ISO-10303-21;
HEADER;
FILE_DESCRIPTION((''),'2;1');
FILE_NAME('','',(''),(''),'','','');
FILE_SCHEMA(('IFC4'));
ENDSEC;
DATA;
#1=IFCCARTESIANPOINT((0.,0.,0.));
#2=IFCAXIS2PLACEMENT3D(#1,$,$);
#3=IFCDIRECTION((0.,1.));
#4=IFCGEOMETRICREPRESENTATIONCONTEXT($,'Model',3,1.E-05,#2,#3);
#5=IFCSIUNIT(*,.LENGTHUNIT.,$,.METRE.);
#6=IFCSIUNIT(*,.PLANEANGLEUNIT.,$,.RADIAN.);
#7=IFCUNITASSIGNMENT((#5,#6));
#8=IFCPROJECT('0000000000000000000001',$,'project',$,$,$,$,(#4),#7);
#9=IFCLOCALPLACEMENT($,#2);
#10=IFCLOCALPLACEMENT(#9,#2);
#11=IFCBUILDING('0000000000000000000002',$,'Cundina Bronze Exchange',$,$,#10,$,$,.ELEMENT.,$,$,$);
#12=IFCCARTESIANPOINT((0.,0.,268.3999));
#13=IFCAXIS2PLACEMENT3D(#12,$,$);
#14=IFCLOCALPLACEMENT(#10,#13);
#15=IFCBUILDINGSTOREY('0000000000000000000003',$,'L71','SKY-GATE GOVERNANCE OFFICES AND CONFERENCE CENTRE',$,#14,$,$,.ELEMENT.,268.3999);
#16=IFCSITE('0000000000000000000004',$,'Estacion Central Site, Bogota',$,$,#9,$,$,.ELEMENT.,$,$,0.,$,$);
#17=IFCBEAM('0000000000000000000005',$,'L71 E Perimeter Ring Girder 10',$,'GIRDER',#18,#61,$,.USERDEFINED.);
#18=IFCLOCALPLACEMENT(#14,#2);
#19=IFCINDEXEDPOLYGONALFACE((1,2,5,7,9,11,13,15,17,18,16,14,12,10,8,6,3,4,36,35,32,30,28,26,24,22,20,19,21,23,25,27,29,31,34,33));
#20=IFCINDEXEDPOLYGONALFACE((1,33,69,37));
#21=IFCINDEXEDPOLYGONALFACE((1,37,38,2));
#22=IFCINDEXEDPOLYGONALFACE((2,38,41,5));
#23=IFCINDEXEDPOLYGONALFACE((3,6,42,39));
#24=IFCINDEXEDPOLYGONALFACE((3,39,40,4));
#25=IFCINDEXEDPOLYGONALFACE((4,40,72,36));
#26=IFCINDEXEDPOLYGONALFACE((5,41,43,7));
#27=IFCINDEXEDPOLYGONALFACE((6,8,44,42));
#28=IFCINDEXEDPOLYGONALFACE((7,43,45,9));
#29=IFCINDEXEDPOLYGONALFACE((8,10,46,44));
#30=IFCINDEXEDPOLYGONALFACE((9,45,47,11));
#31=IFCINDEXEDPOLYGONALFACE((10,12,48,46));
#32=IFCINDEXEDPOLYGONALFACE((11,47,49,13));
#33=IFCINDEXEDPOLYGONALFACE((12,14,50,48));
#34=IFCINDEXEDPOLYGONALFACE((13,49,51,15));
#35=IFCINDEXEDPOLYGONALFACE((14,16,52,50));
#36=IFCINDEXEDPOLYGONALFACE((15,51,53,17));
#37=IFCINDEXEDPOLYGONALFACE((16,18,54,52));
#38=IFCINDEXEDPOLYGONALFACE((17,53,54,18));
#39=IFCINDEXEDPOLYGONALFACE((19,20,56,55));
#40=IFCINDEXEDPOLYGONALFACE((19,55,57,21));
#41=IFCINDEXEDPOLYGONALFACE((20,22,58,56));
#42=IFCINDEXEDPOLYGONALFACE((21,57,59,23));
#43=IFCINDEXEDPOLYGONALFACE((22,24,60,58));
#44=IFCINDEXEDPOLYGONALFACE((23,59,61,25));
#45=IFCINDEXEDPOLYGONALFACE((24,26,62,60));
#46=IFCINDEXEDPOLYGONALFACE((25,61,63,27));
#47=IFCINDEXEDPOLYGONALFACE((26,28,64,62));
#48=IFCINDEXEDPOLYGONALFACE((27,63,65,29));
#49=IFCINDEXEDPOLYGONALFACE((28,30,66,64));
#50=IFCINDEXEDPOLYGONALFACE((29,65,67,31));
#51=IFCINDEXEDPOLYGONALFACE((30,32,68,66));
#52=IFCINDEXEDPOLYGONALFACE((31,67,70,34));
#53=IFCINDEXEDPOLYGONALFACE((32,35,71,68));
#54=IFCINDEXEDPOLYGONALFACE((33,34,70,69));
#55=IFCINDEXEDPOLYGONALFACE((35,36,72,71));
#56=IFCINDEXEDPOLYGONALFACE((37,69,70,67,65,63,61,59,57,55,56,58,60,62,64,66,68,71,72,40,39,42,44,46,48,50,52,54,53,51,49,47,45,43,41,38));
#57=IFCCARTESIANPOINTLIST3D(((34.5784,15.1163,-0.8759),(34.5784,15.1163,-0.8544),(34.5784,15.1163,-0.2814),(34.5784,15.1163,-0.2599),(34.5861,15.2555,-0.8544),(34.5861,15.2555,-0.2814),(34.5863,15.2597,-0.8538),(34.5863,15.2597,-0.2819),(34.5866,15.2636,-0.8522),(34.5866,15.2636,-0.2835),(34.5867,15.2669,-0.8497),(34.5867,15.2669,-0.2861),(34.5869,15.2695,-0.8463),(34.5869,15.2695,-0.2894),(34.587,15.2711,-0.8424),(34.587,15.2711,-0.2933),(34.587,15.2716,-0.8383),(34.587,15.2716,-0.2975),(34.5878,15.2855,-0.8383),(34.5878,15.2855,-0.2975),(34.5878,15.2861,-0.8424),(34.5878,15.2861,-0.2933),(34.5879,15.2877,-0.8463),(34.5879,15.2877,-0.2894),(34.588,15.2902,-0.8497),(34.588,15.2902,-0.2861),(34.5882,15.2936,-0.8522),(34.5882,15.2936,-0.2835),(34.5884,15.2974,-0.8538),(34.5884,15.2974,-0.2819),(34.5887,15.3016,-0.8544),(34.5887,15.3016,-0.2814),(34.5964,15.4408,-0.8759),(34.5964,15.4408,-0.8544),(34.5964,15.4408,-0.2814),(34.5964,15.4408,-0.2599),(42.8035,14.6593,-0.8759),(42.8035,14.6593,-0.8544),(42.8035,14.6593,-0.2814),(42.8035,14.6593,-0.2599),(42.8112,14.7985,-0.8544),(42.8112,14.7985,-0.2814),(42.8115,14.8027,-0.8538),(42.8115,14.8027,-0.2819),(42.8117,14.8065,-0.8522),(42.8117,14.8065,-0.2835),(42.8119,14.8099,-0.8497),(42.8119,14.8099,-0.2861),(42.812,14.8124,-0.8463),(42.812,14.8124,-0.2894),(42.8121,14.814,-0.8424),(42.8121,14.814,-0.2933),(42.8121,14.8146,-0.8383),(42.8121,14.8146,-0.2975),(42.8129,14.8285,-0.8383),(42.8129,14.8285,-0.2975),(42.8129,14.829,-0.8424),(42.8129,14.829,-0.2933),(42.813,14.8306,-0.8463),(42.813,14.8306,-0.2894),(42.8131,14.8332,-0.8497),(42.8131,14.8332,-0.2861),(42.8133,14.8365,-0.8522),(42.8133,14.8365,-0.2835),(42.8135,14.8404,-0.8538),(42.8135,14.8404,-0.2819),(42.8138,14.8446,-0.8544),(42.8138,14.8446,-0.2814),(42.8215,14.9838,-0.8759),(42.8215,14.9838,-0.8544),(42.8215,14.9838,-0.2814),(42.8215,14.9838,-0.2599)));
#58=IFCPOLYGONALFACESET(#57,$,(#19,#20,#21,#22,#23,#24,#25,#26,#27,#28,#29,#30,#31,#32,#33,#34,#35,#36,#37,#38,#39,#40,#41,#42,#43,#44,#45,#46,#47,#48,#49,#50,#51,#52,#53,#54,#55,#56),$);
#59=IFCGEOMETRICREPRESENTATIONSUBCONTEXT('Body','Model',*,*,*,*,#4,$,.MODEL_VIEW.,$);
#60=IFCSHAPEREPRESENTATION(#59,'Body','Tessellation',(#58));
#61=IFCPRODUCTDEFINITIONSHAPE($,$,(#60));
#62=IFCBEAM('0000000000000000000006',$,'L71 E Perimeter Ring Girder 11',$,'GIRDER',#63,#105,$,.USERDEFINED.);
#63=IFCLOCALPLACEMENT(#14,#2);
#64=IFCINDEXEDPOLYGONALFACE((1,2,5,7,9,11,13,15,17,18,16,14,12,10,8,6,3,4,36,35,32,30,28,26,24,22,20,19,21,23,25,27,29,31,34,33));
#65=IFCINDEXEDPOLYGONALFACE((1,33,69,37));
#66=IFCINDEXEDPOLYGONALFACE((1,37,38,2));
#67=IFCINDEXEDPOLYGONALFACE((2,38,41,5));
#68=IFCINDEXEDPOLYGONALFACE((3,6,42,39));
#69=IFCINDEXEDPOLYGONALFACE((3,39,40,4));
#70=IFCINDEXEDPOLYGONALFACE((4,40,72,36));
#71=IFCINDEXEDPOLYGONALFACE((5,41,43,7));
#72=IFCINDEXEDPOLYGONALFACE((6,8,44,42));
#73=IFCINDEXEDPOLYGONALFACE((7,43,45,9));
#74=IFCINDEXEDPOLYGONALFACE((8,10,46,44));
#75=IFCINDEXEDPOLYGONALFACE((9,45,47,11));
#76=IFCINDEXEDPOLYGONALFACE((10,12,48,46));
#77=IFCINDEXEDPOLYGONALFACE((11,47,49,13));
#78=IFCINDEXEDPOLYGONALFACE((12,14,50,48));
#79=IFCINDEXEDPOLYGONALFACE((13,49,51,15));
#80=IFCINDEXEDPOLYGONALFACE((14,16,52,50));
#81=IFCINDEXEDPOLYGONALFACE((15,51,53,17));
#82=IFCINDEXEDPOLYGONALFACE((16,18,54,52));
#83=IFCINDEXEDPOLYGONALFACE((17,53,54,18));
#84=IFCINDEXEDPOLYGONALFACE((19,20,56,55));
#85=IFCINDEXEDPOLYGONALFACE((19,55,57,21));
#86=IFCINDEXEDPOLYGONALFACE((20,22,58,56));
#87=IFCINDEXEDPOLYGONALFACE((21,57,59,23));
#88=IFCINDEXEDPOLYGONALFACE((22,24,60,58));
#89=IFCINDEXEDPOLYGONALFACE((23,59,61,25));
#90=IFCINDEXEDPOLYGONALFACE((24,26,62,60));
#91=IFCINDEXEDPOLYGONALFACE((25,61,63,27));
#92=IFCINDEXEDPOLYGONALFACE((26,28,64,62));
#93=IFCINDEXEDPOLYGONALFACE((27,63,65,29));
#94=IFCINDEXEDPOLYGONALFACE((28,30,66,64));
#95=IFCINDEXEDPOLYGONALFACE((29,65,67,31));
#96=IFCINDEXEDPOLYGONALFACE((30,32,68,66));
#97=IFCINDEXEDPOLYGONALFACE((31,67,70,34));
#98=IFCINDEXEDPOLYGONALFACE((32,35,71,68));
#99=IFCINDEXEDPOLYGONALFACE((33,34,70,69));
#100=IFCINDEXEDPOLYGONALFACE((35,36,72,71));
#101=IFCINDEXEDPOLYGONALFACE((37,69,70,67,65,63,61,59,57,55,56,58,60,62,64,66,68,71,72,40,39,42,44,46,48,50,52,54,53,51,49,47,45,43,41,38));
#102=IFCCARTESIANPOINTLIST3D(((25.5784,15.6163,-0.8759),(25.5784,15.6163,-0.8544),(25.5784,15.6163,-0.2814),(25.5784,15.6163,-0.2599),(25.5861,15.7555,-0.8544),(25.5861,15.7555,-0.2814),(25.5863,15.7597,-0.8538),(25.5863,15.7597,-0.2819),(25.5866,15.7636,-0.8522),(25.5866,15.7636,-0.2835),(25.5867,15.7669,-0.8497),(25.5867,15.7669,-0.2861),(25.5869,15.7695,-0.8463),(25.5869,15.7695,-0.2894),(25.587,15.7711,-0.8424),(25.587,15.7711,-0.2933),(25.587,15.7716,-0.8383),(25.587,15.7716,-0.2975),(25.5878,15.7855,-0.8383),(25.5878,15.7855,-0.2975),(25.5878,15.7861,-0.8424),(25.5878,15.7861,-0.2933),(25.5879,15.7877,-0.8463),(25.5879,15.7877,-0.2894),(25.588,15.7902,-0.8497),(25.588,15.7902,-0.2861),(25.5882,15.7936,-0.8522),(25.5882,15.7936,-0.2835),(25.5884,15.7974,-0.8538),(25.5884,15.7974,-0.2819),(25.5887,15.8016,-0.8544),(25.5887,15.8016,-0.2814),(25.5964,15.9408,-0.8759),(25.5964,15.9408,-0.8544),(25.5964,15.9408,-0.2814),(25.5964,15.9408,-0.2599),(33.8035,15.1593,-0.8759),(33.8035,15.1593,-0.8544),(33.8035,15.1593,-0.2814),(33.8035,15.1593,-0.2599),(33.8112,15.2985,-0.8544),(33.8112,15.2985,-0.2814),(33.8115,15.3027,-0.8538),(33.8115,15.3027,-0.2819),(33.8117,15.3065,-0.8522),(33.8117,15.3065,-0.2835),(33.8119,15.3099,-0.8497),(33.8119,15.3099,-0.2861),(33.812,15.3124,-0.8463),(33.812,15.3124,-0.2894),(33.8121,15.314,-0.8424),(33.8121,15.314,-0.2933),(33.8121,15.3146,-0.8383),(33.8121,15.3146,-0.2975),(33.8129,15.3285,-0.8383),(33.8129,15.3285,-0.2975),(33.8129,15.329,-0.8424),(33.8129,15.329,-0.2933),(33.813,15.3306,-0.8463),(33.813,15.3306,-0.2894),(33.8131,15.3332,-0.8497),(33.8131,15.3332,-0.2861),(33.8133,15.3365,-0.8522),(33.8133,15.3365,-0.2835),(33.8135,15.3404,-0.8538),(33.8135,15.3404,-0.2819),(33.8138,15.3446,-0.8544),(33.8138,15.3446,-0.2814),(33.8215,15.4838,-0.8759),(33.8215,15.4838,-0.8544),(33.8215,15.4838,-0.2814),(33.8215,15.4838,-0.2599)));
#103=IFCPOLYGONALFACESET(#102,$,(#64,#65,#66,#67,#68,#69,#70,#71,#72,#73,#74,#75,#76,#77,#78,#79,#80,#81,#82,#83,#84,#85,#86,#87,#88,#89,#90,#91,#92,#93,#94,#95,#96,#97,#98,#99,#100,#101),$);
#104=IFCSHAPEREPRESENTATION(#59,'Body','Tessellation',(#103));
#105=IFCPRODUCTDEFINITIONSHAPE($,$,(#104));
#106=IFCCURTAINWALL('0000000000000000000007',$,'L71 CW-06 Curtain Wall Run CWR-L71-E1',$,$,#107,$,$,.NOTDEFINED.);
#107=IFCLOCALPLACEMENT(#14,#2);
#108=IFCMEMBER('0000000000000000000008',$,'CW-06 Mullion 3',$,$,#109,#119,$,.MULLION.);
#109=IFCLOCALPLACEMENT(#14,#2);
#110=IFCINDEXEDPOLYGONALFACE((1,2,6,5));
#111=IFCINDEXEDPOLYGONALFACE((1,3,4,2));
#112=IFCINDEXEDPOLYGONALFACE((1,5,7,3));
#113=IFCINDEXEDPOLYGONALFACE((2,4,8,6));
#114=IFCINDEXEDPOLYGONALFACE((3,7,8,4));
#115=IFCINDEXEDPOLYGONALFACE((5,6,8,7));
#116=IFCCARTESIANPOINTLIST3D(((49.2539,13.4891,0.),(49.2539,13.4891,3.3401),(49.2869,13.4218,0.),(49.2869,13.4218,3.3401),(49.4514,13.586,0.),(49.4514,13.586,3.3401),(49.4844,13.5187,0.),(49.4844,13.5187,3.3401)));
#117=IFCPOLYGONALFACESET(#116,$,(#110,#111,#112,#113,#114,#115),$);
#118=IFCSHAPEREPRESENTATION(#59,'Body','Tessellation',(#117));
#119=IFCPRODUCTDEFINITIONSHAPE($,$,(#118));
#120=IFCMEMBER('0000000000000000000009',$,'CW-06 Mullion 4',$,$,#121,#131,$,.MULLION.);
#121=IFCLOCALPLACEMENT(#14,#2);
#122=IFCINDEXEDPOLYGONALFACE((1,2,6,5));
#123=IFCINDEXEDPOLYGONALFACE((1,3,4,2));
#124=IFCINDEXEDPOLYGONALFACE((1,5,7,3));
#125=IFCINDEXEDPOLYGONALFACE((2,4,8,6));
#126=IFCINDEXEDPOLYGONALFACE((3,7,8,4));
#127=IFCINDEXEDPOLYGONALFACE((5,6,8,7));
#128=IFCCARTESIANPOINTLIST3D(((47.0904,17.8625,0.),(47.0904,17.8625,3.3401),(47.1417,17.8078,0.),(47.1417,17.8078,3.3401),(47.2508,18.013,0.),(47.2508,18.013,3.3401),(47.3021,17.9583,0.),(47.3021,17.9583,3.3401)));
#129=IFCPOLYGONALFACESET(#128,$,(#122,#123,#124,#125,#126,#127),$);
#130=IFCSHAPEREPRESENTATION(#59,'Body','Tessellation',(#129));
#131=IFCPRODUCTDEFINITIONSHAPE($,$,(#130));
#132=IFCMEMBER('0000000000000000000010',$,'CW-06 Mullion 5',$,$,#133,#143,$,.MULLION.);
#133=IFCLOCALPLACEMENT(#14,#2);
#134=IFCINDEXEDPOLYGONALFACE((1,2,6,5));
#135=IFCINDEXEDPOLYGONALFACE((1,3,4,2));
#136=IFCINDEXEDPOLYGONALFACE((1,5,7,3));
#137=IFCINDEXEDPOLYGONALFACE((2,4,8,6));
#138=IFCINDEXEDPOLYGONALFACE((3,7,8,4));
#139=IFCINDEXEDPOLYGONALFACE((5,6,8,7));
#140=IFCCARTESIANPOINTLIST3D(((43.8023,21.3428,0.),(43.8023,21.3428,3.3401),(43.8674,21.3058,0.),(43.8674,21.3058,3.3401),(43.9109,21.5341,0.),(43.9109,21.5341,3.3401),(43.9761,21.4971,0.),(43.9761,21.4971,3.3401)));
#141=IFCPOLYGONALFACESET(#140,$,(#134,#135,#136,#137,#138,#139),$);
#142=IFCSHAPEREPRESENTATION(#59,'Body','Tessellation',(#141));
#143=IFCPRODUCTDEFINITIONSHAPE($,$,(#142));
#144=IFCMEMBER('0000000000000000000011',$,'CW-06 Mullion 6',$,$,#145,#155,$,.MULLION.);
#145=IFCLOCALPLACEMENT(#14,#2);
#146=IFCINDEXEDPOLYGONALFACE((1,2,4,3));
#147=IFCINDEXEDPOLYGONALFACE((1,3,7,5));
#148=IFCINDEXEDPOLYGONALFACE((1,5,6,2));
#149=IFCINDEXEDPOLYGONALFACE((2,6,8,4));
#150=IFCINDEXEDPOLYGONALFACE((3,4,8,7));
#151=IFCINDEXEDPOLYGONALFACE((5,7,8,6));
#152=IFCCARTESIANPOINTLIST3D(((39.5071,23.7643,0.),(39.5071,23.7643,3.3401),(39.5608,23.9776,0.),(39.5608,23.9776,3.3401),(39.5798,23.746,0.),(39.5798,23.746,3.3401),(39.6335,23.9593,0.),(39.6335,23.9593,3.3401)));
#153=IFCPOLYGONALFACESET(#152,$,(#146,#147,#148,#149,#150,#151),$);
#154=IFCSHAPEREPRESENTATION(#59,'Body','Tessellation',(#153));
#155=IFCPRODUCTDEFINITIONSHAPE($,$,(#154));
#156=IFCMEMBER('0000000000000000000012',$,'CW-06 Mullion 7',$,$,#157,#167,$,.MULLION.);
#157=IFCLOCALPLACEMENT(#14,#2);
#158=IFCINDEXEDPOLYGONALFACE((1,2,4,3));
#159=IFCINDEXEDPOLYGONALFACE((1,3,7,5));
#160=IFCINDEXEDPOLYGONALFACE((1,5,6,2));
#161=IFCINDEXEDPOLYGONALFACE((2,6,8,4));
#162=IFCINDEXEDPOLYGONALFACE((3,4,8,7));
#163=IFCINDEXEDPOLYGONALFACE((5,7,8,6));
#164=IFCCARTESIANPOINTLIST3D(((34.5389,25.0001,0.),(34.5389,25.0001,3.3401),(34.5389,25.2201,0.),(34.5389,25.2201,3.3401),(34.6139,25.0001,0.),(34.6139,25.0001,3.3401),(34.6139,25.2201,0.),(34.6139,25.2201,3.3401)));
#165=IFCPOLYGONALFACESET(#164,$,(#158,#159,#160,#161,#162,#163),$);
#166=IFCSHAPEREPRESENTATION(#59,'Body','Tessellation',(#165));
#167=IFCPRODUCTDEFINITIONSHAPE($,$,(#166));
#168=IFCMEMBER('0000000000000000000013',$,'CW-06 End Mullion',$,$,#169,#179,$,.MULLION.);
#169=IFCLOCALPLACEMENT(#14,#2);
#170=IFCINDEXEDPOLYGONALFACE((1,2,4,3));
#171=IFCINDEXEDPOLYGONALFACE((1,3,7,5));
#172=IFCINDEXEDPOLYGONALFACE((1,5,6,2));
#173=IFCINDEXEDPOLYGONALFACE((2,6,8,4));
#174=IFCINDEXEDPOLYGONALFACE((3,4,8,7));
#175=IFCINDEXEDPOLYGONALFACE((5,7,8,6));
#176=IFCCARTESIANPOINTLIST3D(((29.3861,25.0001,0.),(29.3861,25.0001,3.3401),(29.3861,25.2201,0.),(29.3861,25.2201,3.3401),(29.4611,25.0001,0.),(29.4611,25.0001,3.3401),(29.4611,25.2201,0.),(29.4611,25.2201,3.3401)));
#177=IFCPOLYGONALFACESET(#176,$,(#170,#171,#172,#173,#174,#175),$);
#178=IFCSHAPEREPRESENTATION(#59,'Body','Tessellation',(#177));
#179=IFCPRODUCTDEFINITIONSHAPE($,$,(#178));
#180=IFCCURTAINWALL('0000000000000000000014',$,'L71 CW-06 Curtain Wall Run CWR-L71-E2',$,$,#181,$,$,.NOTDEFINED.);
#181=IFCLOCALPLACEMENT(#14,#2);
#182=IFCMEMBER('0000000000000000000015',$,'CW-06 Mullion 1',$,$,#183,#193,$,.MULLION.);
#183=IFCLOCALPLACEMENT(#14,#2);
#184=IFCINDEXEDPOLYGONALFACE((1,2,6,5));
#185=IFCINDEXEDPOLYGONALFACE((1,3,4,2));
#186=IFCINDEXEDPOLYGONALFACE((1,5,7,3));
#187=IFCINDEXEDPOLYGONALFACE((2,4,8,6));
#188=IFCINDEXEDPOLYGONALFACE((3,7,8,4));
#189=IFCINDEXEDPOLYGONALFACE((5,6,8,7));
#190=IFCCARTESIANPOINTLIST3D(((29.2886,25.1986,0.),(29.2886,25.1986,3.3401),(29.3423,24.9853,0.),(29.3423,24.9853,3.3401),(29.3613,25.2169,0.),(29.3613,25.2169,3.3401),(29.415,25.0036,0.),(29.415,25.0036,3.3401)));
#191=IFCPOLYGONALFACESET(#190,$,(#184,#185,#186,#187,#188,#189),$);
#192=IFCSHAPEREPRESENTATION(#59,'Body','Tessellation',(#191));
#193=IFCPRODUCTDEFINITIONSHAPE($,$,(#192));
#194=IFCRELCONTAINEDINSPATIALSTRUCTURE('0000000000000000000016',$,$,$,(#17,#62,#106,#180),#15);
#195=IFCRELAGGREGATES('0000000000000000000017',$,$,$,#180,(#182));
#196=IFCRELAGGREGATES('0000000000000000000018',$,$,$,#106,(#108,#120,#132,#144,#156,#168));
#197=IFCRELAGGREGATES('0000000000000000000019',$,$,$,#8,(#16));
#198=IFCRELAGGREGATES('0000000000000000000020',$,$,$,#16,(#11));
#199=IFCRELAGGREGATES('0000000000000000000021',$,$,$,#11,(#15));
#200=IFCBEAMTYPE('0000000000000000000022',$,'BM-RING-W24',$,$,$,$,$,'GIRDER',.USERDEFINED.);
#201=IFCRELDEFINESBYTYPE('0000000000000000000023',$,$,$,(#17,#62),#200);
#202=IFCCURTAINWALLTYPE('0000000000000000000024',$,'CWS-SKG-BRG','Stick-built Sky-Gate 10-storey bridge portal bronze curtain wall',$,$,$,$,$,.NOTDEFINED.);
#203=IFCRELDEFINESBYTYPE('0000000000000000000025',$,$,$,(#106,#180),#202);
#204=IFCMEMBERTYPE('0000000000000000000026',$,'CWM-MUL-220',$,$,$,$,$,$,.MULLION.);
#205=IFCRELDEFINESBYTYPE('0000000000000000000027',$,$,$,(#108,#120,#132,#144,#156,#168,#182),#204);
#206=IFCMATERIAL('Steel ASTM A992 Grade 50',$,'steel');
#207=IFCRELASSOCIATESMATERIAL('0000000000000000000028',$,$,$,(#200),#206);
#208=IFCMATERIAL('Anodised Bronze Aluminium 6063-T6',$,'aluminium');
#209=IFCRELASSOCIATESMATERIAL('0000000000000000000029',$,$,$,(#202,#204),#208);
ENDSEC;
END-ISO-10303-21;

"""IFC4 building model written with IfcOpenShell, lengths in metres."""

from ifc_helpers import new_model, si_unit, direction, frame, origin, origin_2d, place, context, subcontext, project, spatial, rectangle, i_section, extrude, material, material_profile, profile_set, type_object, element, aggregate, save


model = new_model("IFC4")

# Units and contexts
model_context = context("Model", 3, precision=1e-05, world=origin(), true_north=direction((0.0, 1.0)))
body_context = subcontext(model_context, "Body", "Model", "MODEL_VIEW")
ifc_project = project(units=[si_unit("LENGTHUNIT", "METRE"), si_unit("PLANEANGLEUNIT", "RADIAN")], contexts=[model_context])

# Site, building, storey
site_placement = place(None, origin())
site = spatial("IfcSite", under=ifc_project, at=site_placement, Name="Estacion Central Site, Bogota", CompositionType="ELEMENT", RefElevation=0.0)
building_placement = place(site_placement, origin())
building = spatial("IfcBuilding", under=site, at=building_placement, Name="Cundina Bronze Exchange", CompositionType="ELEMENT")
storey_placement = place(building_placement, frame((0.0, 0.0, 268.3999)))
storey = spatial("IfcBuildingStorey", under=building, at=storey_placement, Name="L71", Description="SKY-GATE GOVERNANCE OFFICES AND CONFERENCE CENTRE", CompositionType="ELEMENT", Elevation=268.3999)

# Beams
ifc_material_1 = material(Name="Steel ASTM A992 Grade 50", Category="steel")
ifc_material_profile_1 = material_profile(ifc_material_1, i_section(OverallWidth=0.325, OverallDepth=0.616, WebThickness=0.0139, FlangeThickness=0.0215, FilletRadius=0.0161, at=origin_2d()), Name="W24X117", Category="steel")
ifc_profile_set_1 = profile_set([ifc_material_profile_1], Name="Steel ASTM A992 Grade 50")
beam_type_1 = type_object("IfcBeamType", Name="BM-RING-W24", ElementType="GIRDER", PredefinedType="USERDEFINED", material=ifc_profile_set_1)
for number, where, z_axis, x_axis, name in (
    (1, (42.8125, 14.8215, -0.5679), (-0.99846, 0.05548, 0.0), (-0.05548, -0.99846, 0.0), "L71 E Perimeter Ring Girder 10"),
    (2, (33.8125, 15.3215, -0.5679), (-0.99846, 0.05548, 0.0), (-0.05548, -0.99846, 0.0), "L71 E Perimeter Ring Girder 11"),
):
    element("IfcBeam", number, at=place(storey_placement, frame(where, z_axis=z_axis, x_axis=x_axis)), inside=storey, type_object=beam_type_1, Name=name, ObjectType="GIRDER", PredefinedType="USERDEFINED", context=body_context, shape_type="SweptSolid", body=[
        extrude(i_section(OverallWidth=0.325, OverallDepth=0.616, WebThickness=0.0139, FlangeThickness=0.0215, FilletRadius=0.0161, at=origin_2d()), origin(), (0.0, 0.0, 1.0), 8.2378),
    ])

# Curtain wall, members
ifc_material_2 = material(Name="Anodised Bronze Aluminium 6063-T6", Category="aluminium")
curtain_wall_type = type_object("IfcCurtainWallType", Name="CWS-SKG-BRG", Description="Stick-built Sky-Gate 10-storey bridge portal bronze curtain wall", PredefinedType="NOTDEFINED", material=ifc_material_2)
curtain_wall_1_placement = place(storey_placement, origin())
curtain_wall_1 = element("IfcCurtainWall", 3, at=curtain_wall_1_placement, inside=storey, type_object=curtain_wall_type, Name="L71 CW-06 Curtain Wall Run CWR-L71-E1", PredefinedType="NOTDEFINED")
ifc_material_profile_2 = material_profile(ifc_material_2, rectangle(XDim=0.075, YDim=0.22, at=origin_2d()), Name="AL75X220", Category="aluminium")
ifc_profile_set_2 = profile_set([ifc_material_profile_2], Name="Anodised Bronze Aluminium 6063-T6")
member_type_1 = type_object("IfcMemberType", Name="CWM-MUL-220", PredefinedType="MULLION", material=ifc_profile_set_2)
member_1_placement = place(storey_placement, frame((49.3691, 13.5039, 0.0), z_axis=(0.0, 0.0, 1.0), x_axis=(-0.440566, 0.89772, 0.0)))
member_1 = element("IfcMember", 4, at=member_1_placement, type_object=member_type_1, Name="CW-06 Mullion 3", PredefinedType="MULLION", context=body_context, shape_type="SweptSolid", body=[
    extrude(rectangle(XDim=0.075, YDim=0.22, at=origin_2d()), origin(), (0.0, 0.0, 1.0), 3.3401),
])
member_2_placement = place(storey_placement, frame((47.1963, 17.9104, 0.0), z_axis=(0.0, 0.0, 1.0), x_axis=(-0.684293, 0.729208, 0.0)))
member_2 = element("IfcMember", 5, at=member_2_placement, type_object=member_type_1, Name="CW-06 Mullion 4", PredefinedType="MULLION", context=body_context, shape_type="SweptSolid", body=[
    extrude(rectangle(XDim=0.075, YDim=0.22, at=origin_2d()), origin(), (0.0, 0.0, 1.0), 3.3401),
])
member_3_placement = place(storey_placement, frame((43.8892, 21.4199, 0.0), z_axis=(0.0, 0.0, 1.0), x_axis=(-0.869581, 0.49379, 0.0)))
member_3 = element("IfcMember", 6, at=member_3_placement, type_object=member_type_1, Name="CW-06 Mullion 5", PredefinedType="MULLION", context=body_context, shape_type="SweptSolid", body=[
    extrude(rectangle(XDim=0.075, YDim=0.22, at=origin_2d()), origin(), (0.0, 0.0, 1.0), 3.3401),
])
member_4_placement = place(storey_placement, frame((39.5703, 23.8618, 0.0), z_axis=(0.0, 0.0, 1.0), x_axis=(-0.969744, 0.244123, 0.0)))
member_4 = element("IfcMember", 7, at=member_4_placement, type_object=member_type_1, Name="CW-06 Mullion 6", PredefinedType="MULLION", context=body_context, shape_type="SweptSolid", body=[
    extrude(rectangle(XDim=0.075, YDim=0.22, at=origin_2d()), origin(), (0.0, 0.0, 1.0), 3.3401),
])
member_5_placement = place(storey_placement, frame((34.5764, 25.1101, 0.0), z_axis=(0.0, 0.0, 1.0), x_axis=(-1.0, 0.0, 0.0)))
member_5 = element("IfcMember", 8, at=member_5_placement, type_object=member_type_1, Name="CW-06 Mullion 7", PredefinedType="MULLION", context=body_context, shape_type="SweptSolid", body=[
    extrude(rectangle(XDim=0.075, YDim=0.22, at=origin_2d()), origin(), (0.0, 0.0, 1.0), 3.3401),
])
member_6_placement = place(storey_placement, frame((29.4236, 25.1101, 0.0), z_axis=(0.0, 0.0, 1.0), x_axis=(-1.0, 0.0, 0.0)))
member_6 = element("IfcMember", 9, at=member_6_placement, type_object=member_type_1, Name="CW-06 End Mullion", PredefinedType="MULLION", context=body_context, shape_type="SweptSolid", body=[
    extrude(rectangle(XDim=0.075, YDim=0.22, at=origin_2d()), origin(), (0.0, 0.0, 1.0), 3.3401),
])

# Curtain wall, member
curtain_wall_2_placement = place(storey_placement, origin())
curtain_wall_2 = element("IfcCurtainWall", 10, at=curtain_wall_2_placement, inside=storey, type_object=curtain_wall_type, Name="L71 CW-06 Curtain Wall Run CWR-L71-E2", PredefinedType="NOTDEFINED")
member_7_placement = place(storey_placement, frame((29.3518, 25.1011, 0.0), z_axis=(0.0, 0.0, 1.0), x_axis=(-0.969744, -0.244123, 0.0)))
member_7 = element("IfcMember", 11, at=member_7_placement, type_object=member_type_1, Name="CW-06 Mullion 1", PredefinedType="MULLION", context=body_context, shape_type="SweptSolid", body=[
    extrude(rectangle(XDim=0.075, YDim=0.22, at=origin_2d()), origin(), (0.0, 0.0, 1.0), 3.3401),
])

aggregate(curtain_wall_2, [member_7])

aggregate(curtain_wall_1, [member_1, member_2, member_3, member_4, member_5, member_6])

save(model, "model.ifc")
